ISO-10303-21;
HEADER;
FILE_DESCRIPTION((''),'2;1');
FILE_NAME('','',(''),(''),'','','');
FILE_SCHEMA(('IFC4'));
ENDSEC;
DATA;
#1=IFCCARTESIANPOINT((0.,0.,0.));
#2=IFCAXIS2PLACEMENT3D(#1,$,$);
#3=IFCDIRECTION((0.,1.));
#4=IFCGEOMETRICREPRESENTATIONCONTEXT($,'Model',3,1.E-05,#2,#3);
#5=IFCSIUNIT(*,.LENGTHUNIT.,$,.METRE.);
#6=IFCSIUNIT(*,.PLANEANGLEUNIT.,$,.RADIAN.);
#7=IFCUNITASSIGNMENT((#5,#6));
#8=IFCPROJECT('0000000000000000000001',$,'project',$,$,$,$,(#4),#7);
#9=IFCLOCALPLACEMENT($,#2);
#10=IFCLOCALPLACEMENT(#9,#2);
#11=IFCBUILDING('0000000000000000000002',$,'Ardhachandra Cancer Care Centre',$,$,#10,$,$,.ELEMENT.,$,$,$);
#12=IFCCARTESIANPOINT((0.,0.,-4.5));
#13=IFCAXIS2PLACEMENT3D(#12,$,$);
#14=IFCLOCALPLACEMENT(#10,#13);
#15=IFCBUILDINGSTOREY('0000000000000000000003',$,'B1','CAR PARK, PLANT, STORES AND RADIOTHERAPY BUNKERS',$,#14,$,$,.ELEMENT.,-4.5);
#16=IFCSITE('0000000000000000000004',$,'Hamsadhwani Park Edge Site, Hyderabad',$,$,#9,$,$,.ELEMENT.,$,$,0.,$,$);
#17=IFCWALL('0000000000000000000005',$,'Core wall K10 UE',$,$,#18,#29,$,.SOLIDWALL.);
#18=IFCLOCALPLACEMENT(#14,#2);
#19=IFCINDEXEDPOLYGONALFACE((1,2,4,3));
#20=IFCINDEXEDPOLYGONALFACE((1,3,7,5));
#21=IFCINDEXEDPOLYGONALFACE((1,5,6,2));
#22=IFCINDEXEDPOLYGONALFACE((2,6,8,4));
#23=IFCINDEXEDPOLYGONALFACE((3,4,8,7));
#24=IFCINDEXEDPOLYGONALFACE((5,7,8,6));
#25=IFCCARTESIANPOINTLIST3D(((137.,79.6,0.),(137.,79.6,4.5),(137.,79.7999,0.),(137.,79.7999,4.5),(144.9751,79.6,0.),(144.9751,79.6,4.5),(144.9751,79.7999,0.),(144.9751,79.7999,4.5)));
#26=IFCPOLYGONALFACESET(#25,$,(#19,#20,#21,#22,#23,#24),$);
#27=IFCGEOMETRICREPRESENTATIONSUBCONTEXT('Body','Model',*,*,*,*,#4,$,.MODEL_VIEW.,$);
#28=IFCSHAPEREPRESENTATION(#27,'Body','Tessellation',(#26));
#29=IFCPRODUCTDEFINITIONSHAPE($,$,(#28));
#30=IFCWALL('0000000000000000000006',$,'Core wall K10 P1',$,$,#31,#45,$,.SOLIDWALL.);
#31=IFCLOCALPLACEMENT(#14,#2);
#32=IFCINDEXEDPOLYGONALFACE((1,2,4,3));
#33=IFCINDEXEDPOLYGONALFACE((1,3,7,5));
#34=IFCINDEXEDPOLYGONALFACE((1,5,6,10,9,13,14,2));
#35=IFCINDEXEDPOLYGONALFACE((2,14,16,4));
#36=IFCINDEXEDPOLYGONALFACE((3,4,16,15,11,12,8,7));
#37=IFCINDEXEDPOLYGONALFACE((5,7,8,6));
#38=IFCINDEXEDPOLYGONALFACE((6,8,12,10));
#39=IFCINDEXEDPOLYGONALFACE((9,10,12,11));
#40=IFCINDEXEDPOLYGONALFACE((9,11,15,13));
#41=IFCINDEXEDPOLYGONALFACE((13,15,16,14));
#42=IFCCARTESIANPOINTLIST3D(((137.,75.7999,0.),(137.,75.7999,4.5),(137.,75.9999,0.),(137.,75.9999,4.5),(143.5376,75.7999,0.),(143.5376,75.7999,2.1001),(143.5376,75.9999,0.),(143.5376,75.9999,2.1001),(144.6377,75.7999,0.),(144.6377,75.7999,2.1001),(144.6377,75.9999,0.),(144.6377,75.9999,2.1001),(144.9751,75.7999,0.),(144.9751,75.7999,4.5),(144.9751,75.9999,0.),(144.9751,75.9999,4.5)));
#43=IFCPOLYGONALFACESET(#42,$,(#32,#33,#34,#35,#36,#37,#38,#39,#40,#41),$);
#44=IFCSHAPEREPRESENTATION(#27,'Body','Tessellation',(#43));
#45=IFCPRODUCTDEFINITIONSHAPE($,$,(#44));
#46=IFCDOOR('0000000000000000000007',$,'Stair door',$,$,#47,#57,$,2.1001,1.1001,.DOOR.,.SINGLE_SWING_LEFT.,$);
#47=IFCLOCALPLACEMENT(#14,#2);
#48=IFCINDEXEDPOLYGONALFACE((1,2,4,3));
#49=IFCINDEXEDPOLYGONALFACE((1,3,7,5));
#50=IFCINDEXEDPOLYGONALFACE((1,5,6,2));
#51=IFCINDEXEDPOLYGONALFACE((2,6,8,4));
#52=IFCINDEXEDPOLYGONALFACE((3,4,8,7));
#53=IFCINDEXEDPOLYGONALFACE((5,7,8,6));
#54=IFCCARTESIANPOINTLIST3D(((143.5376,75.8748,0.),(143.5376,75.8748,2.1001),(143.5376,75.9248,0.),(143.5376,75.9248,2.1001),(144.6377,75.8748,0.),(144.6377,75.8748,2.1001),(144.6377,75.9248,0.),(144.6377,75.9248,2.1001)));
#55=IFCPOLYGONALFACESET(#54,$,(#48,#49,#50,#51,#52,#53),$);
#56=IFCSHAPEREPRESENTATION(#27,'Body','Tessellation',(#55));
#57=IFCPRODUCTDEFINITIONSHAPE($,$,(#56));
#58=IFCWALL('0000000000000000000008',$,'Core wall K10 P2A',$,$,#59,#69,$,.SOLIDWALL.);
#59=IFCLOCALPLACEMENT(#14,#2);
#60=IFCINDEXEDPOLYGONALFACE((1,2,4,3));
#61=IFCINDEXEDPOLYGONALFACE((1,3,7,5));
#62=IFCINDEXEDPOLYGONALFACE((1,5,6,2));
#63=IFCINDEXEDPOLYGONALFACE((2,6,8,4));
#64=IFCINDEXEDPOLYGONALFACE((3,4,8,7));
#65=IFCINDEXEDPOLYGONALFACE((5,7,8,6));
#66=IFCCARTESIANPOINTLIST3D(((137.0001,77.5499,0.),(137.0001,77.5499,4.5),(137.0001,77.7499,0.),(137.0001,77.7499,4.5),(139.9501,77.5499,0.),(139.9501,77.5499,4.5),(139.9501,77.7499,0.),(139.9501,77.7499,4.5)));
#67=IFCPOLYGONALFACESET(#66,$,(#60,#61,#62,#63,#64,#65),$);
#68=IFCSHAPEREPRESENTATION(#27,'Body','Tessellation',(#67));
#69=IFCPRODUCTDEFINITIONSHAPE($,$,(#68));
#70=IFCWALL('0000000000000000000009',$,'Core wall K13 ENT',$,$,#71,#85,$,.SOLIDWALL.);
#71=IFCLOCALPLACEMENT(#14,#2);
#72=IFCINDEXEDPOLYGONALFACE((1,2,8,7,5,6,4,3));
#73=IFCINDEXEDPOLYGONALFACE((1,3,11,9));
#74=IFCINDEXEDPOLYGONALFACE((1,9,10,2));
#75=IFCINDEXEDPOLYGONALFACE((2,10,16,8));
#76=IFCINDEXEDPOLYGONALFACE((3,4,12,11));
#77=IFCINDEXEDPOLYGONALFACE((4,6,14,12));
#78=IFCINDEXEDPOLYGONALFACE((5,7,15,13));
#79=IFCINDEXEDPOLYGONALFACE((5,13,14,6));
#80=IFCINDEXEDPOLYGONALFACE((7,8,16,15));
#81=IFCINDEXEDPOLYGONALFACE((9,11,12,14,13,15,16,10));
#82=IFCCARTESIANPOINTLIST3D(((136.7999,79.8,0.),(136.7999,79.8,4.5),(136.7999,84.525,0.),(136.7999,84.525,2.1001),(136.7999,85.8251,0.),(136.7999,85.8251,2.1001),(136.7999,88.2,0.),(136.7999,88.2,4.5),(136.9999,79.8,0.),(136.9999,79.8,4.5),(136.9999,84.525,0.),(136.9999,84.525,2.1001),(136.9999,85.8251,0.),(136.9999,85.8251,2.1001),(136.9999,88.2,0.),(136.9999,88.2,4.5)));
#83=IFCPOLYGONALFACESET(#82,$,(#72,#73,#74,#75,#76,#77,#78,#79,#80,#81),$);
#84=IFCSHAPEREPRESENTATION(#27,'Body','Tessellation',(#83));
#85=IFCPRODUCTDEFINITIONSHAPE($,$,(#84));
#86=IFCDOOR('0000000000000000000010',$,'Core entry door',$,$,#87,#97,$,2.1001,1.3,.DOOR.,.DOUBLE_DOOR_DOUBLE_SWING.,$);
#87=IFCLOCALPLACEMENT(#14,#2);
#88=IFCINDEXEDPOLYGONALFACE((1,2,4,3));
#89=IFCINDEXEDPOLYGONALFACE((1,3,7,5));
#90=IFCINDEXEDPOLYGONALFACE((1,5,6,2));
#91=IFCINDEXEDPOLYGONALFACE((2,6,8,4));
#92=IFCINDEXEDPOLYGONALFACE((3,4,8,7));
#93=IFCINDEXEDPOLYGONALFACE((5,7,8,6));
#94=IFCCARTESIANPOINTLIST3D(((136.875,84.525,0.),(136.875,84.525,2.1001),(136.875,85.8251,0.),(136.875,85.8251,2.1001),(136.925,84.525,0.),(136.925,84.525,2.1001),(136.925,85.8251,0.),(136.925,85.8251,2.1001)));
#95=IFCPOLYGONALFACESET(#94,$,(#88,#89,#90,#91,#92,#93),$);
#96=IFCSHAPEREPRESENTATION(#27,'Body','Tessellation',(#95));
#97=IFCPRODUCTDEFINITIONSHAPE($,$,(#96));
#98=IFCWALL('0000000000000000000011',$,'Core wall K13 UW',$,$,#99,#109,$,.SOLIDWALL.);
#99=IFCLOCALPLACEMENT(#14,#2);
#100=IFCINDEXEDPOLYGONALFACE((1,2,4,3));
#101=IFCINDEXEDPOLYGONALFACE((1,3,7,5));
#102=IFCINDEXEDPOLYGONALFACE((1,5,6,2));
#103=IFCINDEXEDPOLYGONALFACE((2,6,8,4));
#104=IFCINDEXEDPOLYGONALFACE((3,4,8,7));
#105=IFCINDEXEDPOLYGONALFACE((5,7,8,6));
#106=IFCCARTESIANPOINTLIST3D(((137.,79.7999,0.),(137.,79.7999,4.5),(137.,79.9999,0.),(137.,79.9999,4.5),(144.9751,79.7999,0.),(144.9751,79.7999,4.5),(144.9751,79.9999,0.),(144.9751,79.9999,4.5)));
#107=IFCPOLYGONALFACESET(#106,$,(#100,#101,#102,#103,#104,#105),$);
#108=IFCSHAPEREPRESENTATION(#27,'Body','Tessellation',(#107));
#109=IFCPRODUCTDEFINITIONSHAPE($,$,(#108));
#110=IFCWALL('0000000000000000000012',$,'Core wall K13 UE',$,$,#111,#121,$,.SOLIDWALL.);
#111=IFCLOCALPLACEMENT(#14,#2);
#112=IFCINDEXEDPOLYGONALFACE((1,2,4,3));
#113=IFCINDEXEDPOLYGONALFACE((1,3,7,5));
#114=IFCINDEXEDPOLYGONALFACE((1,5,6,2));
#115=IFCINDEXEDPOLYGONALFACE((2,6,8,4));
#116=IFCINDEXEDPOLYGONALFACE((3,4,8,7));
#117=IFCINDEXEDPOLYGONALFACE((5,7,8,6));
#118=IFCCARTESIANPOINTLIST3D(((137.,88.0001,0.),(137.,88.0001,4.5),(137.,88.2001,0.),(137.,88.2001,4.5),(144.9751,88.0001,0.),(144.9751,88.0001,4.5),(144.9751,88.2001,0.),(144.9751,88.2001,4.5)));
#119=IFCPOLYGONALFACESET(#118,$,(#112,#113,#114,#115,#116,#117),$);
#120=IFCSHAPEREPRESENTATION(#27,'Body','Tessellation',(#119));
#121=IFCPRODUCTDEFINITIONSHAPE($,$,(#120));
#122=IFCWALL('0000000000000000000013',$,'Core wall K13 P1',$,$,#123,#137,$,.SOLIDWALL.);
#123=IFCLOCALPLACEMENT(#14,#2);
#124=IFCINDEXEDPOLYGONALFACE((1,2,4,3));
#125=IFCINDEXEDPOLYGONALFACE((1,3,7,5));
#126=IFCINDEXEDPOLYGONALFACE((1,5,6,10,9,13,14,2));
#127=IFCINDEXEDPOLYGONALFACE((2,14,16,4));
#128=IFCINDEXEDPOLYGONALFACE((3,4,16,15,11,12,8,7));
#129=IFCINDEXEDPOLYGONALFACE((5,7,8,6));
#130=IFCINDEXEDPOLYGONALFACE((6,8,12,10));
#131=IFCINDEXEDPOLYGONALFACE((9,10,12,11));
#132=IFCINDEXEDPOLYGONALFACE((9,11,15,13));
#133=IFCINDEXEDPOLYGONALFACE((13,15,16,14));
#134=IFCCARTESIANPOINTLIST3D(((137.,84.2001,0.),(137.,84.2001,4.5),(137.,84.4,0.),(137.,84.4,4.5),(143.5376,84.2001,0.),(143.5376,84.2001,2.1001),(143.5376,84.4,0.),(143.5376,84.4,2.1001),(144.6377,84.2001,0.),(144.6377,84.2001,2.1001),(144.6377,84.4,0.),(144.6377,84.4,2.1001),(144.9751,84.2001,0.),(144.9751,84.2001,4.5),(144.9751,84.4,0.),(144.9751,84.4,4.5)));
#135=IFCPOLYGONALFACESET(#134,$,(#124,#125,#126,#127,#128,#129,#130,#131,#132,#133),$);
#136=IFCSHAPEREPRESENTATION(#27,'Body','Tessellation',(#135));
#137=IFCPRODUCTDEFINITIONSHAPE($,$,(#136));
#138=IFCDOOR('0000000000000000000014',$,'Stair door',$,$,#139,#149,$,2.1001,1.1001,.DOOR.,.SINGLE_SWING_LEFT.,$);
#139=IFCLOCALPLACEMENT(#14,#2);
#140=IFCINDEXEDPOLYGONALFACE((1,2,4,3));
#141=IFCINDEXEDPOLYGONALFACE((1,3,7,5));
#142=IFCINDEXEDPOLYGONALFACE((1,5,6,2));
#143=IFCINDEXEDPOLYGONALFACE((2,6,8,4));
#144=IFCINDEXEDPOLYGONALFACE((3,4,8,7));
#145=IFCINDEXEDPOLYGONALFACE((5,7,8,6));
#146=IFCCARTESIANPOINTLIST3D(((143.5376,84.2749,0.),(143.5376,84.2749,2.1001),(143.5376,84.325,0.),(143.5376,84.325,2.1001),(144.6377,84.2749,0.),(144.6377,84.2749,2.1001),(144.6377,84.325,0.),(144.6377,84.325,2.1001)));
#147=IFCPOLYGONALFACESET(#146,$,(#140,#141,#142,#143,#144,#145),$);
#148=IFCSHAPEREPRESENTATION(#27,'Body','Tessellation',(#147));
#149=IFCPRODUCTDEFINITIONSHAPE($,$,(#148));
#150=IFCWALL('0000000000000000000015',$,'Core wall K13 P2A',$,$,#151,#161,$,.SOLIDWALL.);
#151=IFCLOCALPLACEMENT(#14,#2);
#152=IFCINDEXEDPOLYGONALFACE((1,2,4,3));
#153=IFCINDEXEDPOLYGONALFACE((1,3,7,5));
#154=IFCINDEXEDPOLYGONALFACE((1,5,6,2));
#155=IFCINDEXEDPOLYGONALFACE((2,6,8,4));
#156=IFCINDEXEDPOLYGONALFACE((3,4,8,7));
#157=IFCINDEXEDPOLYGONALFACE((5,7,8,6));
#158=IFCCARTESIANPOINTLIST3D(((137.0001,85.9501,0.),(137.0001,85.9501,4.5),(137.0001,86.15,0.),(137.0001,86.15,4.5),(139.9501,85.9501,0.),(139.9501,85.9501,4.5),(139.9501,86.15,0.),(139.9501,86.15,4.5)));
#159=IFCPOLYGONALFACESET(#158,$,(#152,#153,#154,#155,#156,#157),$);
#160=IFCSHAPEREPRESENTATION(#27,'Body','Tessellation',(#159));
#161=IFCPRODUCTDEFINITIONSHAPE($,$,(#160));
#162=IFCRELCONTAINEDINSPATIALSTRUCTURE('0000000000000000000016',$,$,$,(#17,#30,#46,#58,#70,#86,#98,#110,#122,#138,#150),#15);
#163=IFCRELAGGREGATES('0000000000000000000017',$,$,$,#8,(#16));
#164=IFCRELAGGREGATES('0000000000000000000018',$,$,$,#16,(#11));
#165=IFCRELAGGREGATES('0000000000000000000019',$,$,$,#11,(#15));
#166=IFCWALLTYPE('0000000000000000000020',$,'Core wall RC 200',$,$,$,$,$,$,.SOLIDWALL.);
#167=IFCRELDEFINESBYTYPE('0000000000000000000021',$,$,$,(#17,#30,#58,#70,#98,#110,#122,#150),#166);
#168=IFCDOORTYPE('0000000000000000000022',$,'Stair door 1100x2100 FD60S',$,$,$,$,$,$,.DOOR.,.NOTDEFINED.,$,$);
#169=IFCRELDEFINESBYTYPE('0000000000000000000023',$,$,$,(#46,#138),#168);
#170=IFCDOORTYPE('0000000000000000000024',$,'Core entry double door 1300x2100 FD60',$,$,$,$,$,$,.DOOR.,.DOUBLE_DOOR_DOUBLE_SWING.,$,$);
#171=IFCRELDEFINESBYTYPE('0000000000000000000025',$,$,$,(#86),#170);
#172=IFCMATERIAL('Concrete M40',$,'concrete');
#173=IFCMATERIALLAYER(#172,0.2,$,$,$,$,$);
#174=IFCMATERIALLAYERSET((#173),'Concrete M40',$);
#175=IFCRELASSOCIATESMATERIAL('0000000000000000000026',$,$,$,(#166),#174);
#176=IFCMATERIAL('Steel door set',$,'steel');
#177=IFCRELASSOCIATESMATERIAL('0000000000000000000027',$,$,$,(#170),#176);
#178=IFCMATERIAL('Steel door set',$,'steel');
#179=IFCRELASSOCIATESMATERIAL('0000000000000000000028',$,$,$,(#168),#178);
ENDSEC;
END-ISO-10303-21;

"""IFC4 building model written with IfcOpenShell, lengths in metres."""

from ifc_helpers import new_model, si_unit, direction, frame, frame_2d, origin, place, context, subcontext, project, spatial, rectangle, extrude, material, layer, layer_set, type_object, element, fill, save


model = new_model("IFC4")

# Units and contexts
model_context = context("Model", 3, precision=1e-05, world=origin(), true_north=direction((0.0, 1.0)))
body_context = subcontext(model_context, "Body", "Model", "MODEL_VIEW")
ifc_project = project(units=[si_unit("LENGTHUNIT", "METRE"), si_unit("PLANEANGLEUNIT", "RADIAN")], contexts=[model_context])

# Site, building, storey
site_placement = place(None, origin())
site = spatial("IfcSite", under=ifc_project, at=site_placement, Name="Hamsadhwani Park Edge Site, Hyderabad", CompositionType="ELEMENT", RefElevation=0.0)
building_placement = place(site_placement, origin())
building = spatial("IfcBuilding", under=site, at=building_placement, Name="Ardhachandra Cancer Care Centre", CompositionType="ELEMENT")
storey_placement = place(building_placement, frame((0.0, 0.0, -4.5)))
storey = spatial("IfcBuildingStorey", under=building, at=storey_placement, Name="B1", Description="CAR PARK, PLANT, STORES AND RADIOTHERAPY BUNKERS", CompositionType="ELEMENT", Elevation=-4.5)

# Shared definitions
ifc_material_1 = material(Name="Concrete M40", Category="concrete")
ifc_layer_1 = layer(ifc_material_1, 0.2)
ifc_layer_set_1 = layer_set([ifc_layer_1], Name="Concrete M40")
wall_type_1 = type_object("IfcWallType", Name="Core wall RC 200", PredefinedType="SOLIDWALL", material=ifc_layer_set_1)
ifc_material_2 = material(Name="Steel door set", Category="steel")
door_type_1 = type_object("IfcDoorType", Name="Core entry double door 1300x2100 FD60", OperationType="DOUBLE_DOOR_DOUBLE_SWING", PredefinedType="DOOR", material=ifc_material_2)

# Wall
for number, where, z_axis, x_axis, name in (
    (1, (137.0, 79.7, 0.0), (0.0, 0.0, 1.0), (1.0, 0.0, 0.0), "Core wall K10 UE"),
):
    element("IfcWall", number, at=place(storey_placement, frame(where, z_axis=z_axis, x_axis=x_axis)), inside=storey, type_object=wall_type_1, Name=name, PredefinedType="SOLIDWALL", context=body_context, shape_type="SweptSolid", body=[
        extrude(rectangle(XDim=7.9751, YDim=0.2, at=frame_2d((3.9875, 0.0))), origin(), (0.0, 0.0, 1.0), 4.5),
    ])

# Wall, opening, door
wall_1_placement = place(storey_placement, frame((137.0, 75.8999, 0.0), z_axis=(0.0, 0.0, 1.0), x_axis=(1.0, 0.0, 0.0)))
wall_1 = element("IfcWall", 2, at=wall_1_placement, inside=storey, type_object=wall_type_1, Name="Core wall K10 P1", PredefinedType="SOLIDWALL", context=body_context, shape_type="SweptSolid", body=[
    extrude(rectangle(XDim=7.9751, YDim=0.2, at=frame_2d((3.9875, 0.0))), origin(), (0.0, 0.0, 1.0), 4.5),
])
opening_1_placement = place(wall_1_placement, frame((6.5376, 0.0, 0.0)))
opening_1 = element("IfcOpeningElement", 3, at=opening_1_placement, cuts=wall_1, PredefinedType="OPENING", context=body_context, shape_type="SweptSolid", body=[
    extrude(rectangle(XDim=1.1001, YDim=2.1001, at=frame_2d((0.55, 1.05))), frame((0.0, 0.1099, 0.0), z_axis=(0.0, -1.0, 0.0), x_axis=(1.0, 0.0, 0.0)), (0.0, 0.0, 1.0), 0.22),
])
ifc_material_3 = material(Name="Steel door set", Category="steel")
door_type_2 = type_object("IfcDoorType", Name="Stair door 1100x2100 FD60S", OperationType="NOTDEFINED", PredefinedType="DOOR", material=ifc_material_3)
door_1_placement = place(opening_1_placement, origin())
door_1 = element("IfcDoor", 4, at=door_1_placement, inside=storey, type_object=door_type_2, Name="Stair door", OperationType="SINGLE_SWING_LEFT", OverallHeight=2.1001, OverallWidth=1.1001, PredefinedType="DOOR", context=body_context, shape_type="SweptSolid", body=[
    extrude(rectangle(XDim=1.1001, YDim=2.1001, at=frame_2d((0.55, 1.05))), frame((0.0, 0.0249, 0.0), z_axis=(0.0, -1.0, 0.0), x_axis=(1.0, 0.0, 0.0)), (0.0, 0.0, 1.0), 0.05),
])
fill(opening_1, door_1)

# Wall
wall_2_placement = place(storey_placement, frame((137.0, 77.6499, 0.0), z_axis=(0.0, 0.0, 1.0), x_axis=(1.0, 0.0, 0.0)))
element("IfcWall", 5, at=wall_2_placement, inside=storey, type_object=wall_type_1, Name="Core wall K10 P2A", PredefinedType="SOLIDWALL", context=body_context, shape_type="SweptSolid", body=[
    extrude(rectangle(XDim=2.95, YDim=0.2, at=frame_2d((1.4751, 0.0))), origin(), (0.0, 0.0, 1.0), 4.5),
])

# Wall, opening, door
wall_3_placement = place(storey_placement, frame((136.8999, 79.8, 0.0), z_axis=(0.0, 0.0, 1.0), x_axis=(0.0, 1.0, 0.0)))
wall_3 = element("IfcWall", 6, at=wall_3_placement, inside=storey, type_object=wall_type_1, Name="Core wall K13 ENT", PredefinedType="SOLIDWALL", context=body_context, shape_type="SweptSolid", body=[
    extrude(rectangle(XDim=8.3999, YDim=0.2, at=frame_2d((4.2, 0.0))), origin(), (0.0, 0.0, 1.0), 4.5),
])
opening_2_placement = place(wall_3_placement, frame((4.7251, 0.0, 0.0)))
opening_2 = element("IfcOpeningElement", 7, at=opening_2_placement, cuts=wall_3, PredefinedType="OPENING", context=body_context, shape_type="SweptSolid", body=[
    extrude(rectangle(XDim=1.3, YDim=2.1001, at=frame_2d((0.6499, 1.05))), frame((0.0, 0.1099, 0.0), z_axis=(0.0, -1.0, 0.0), x_axis=(1.0, 0.0, 0.0)), (0.0, 0.0, 1.0), 0.22),
])
door_2_placement = place(opening_2_placement, origin())
door_2 = element("IfcDoor", 8, at=door_2_placement, inside=storey, type_object=door_type_1, Name="Core entry door", OperationType="DOUBLE_DOOR_DOUBLE_SWING", OverallHeight=2.1001, OverallWidth=1.3, PredefinedType="DOOR", context=body_context, shape_type="SweptSolid", body=[
    extrude(rectangle(XDim=1.3, YDim=2.1001, at=frame_2d((0.6499, 1.05))), frame((0.0, 0.0249, 0.0), z_axis=(0.0, -1.0, 0.0), x_axis=(1.0, 0.0, 0.0)), (0.0, 0.0, 1.0), 0.05),
])
fill(opening_2, door_2)

# Walls
for number, where, z_axis, x_axis, name in (
    (9, (137.0, 79.8999, 0.0), (0.0, 0.0, 1.0), (1.0, 0.0, 0.0), "Core wall K13 UW"),
    (10, (137.0, 88.1001, 0.0), (0.0, 0.0, 1.0), (1.0, 0.0, 0.0), "Core wall K13 UE"),
):
    element("IfcWall", number, at=place(storey_placement, frame(where, z_axis=z_axis, x_axis=x_axis)), inside=storey, type_object=wall_type_1, Name=name, PredefinedType="SOLIDWALL", context=body_context, shape_type="SweptSolid", body=[
        extrude(rectangle(XDim=7.9751, YDim=0.2, at=frame_2d((3.9875, 0.0))), origin(), (0.0, 0.0, 1.0), 4.5),
    ])

# Wall, opening, door
wall_4_placement = place(storey_placement, frame((137.0, 84.3, 0.0), z_axis=(0.0, 0.0, 1.0), x_axis=(1.0, 0.0, 0.0)))
wall_4 = element("IfcWall", 11, at=wall_4_placement, inside=storey, type_object=wall_type_1, Name="Core wall K13 P1", PredefinedType="SOLIDWALL", context=body_context, shape_type="SweptSolid", body=[
    extrude(rectangle(XDim=7.9751, YDim=0.2, at=frame_2d((3.9875, 0.0))), origin(), (0.0, 0.0, 1.0), 4.5),
])
opening_3_placement = place(wall_4_placement, frame((6.5376, 0.0, 0.0)))
opening_3 = element("IfcOpeningElement", 12, at=opening_3_placement, cuts=wall_4, PredefinedType="OPENING", context=body_context, shape_type="SweptSolid", body=[
    extrude(rectangle(XDim=1.1001, YDim=2.1001, at=frame_2d((0.55, 1.05))), frame((0.0, 0.1099, 0.0), z_axis=(0.0, -1.0, 0.0), x_axis=(1.0, 0.0, 0.0)), (0.0, 0.0, 1.0), 0.22),
])
door_3_placement = place(opening_3_placement, origin())
door_3 = element("IfcDoor", 13, at=door_3_placement, inside=storey, type_object=door_type_2, Name="Stair door", OperationType="SINGLE_SWING_LEFT", OverallHeight=2.1001, OverallWidth=1.1001, PredefinedType="DOOR", context=body_context, shape_type="SweptSolid", body=[
    extrude(rectangle(XDim=1.1001, YDim=2.1001, at=frame_2d((0.55, 1.05))), frame((0.0, 0.0249, 0.0), z_axis=(0.0, -1.0, 0.0), x_axis=(1.0, 0.0, 0.0)), (0.0, 0.0, 1.0), 0.05),
])
fill(opening_3, door_3)

# Wall
wall_5_placement = place(storey_placement, frame((137.0, 86.05, 0.0), z_axis=(0.0, 0.0, 1.0), x_axis=(1.0, 0.0, 0.0)))
element("IfcWall", 14, at=wall_5_placement, inside=storey, type_object=wall_type_1, Name="Core wall K13 P2A", PredefinedType="SOLIDWALL", context=body_context, shape_type="SweptSolid", body=[
    extrude(rectangle(XDim=2.95, YDim=0.2, at=frame_2d((1.4751, 0.0))), origin(), (0.0, 0.0, 1.0), 4.5),
])

save(model, "model.ifc")
